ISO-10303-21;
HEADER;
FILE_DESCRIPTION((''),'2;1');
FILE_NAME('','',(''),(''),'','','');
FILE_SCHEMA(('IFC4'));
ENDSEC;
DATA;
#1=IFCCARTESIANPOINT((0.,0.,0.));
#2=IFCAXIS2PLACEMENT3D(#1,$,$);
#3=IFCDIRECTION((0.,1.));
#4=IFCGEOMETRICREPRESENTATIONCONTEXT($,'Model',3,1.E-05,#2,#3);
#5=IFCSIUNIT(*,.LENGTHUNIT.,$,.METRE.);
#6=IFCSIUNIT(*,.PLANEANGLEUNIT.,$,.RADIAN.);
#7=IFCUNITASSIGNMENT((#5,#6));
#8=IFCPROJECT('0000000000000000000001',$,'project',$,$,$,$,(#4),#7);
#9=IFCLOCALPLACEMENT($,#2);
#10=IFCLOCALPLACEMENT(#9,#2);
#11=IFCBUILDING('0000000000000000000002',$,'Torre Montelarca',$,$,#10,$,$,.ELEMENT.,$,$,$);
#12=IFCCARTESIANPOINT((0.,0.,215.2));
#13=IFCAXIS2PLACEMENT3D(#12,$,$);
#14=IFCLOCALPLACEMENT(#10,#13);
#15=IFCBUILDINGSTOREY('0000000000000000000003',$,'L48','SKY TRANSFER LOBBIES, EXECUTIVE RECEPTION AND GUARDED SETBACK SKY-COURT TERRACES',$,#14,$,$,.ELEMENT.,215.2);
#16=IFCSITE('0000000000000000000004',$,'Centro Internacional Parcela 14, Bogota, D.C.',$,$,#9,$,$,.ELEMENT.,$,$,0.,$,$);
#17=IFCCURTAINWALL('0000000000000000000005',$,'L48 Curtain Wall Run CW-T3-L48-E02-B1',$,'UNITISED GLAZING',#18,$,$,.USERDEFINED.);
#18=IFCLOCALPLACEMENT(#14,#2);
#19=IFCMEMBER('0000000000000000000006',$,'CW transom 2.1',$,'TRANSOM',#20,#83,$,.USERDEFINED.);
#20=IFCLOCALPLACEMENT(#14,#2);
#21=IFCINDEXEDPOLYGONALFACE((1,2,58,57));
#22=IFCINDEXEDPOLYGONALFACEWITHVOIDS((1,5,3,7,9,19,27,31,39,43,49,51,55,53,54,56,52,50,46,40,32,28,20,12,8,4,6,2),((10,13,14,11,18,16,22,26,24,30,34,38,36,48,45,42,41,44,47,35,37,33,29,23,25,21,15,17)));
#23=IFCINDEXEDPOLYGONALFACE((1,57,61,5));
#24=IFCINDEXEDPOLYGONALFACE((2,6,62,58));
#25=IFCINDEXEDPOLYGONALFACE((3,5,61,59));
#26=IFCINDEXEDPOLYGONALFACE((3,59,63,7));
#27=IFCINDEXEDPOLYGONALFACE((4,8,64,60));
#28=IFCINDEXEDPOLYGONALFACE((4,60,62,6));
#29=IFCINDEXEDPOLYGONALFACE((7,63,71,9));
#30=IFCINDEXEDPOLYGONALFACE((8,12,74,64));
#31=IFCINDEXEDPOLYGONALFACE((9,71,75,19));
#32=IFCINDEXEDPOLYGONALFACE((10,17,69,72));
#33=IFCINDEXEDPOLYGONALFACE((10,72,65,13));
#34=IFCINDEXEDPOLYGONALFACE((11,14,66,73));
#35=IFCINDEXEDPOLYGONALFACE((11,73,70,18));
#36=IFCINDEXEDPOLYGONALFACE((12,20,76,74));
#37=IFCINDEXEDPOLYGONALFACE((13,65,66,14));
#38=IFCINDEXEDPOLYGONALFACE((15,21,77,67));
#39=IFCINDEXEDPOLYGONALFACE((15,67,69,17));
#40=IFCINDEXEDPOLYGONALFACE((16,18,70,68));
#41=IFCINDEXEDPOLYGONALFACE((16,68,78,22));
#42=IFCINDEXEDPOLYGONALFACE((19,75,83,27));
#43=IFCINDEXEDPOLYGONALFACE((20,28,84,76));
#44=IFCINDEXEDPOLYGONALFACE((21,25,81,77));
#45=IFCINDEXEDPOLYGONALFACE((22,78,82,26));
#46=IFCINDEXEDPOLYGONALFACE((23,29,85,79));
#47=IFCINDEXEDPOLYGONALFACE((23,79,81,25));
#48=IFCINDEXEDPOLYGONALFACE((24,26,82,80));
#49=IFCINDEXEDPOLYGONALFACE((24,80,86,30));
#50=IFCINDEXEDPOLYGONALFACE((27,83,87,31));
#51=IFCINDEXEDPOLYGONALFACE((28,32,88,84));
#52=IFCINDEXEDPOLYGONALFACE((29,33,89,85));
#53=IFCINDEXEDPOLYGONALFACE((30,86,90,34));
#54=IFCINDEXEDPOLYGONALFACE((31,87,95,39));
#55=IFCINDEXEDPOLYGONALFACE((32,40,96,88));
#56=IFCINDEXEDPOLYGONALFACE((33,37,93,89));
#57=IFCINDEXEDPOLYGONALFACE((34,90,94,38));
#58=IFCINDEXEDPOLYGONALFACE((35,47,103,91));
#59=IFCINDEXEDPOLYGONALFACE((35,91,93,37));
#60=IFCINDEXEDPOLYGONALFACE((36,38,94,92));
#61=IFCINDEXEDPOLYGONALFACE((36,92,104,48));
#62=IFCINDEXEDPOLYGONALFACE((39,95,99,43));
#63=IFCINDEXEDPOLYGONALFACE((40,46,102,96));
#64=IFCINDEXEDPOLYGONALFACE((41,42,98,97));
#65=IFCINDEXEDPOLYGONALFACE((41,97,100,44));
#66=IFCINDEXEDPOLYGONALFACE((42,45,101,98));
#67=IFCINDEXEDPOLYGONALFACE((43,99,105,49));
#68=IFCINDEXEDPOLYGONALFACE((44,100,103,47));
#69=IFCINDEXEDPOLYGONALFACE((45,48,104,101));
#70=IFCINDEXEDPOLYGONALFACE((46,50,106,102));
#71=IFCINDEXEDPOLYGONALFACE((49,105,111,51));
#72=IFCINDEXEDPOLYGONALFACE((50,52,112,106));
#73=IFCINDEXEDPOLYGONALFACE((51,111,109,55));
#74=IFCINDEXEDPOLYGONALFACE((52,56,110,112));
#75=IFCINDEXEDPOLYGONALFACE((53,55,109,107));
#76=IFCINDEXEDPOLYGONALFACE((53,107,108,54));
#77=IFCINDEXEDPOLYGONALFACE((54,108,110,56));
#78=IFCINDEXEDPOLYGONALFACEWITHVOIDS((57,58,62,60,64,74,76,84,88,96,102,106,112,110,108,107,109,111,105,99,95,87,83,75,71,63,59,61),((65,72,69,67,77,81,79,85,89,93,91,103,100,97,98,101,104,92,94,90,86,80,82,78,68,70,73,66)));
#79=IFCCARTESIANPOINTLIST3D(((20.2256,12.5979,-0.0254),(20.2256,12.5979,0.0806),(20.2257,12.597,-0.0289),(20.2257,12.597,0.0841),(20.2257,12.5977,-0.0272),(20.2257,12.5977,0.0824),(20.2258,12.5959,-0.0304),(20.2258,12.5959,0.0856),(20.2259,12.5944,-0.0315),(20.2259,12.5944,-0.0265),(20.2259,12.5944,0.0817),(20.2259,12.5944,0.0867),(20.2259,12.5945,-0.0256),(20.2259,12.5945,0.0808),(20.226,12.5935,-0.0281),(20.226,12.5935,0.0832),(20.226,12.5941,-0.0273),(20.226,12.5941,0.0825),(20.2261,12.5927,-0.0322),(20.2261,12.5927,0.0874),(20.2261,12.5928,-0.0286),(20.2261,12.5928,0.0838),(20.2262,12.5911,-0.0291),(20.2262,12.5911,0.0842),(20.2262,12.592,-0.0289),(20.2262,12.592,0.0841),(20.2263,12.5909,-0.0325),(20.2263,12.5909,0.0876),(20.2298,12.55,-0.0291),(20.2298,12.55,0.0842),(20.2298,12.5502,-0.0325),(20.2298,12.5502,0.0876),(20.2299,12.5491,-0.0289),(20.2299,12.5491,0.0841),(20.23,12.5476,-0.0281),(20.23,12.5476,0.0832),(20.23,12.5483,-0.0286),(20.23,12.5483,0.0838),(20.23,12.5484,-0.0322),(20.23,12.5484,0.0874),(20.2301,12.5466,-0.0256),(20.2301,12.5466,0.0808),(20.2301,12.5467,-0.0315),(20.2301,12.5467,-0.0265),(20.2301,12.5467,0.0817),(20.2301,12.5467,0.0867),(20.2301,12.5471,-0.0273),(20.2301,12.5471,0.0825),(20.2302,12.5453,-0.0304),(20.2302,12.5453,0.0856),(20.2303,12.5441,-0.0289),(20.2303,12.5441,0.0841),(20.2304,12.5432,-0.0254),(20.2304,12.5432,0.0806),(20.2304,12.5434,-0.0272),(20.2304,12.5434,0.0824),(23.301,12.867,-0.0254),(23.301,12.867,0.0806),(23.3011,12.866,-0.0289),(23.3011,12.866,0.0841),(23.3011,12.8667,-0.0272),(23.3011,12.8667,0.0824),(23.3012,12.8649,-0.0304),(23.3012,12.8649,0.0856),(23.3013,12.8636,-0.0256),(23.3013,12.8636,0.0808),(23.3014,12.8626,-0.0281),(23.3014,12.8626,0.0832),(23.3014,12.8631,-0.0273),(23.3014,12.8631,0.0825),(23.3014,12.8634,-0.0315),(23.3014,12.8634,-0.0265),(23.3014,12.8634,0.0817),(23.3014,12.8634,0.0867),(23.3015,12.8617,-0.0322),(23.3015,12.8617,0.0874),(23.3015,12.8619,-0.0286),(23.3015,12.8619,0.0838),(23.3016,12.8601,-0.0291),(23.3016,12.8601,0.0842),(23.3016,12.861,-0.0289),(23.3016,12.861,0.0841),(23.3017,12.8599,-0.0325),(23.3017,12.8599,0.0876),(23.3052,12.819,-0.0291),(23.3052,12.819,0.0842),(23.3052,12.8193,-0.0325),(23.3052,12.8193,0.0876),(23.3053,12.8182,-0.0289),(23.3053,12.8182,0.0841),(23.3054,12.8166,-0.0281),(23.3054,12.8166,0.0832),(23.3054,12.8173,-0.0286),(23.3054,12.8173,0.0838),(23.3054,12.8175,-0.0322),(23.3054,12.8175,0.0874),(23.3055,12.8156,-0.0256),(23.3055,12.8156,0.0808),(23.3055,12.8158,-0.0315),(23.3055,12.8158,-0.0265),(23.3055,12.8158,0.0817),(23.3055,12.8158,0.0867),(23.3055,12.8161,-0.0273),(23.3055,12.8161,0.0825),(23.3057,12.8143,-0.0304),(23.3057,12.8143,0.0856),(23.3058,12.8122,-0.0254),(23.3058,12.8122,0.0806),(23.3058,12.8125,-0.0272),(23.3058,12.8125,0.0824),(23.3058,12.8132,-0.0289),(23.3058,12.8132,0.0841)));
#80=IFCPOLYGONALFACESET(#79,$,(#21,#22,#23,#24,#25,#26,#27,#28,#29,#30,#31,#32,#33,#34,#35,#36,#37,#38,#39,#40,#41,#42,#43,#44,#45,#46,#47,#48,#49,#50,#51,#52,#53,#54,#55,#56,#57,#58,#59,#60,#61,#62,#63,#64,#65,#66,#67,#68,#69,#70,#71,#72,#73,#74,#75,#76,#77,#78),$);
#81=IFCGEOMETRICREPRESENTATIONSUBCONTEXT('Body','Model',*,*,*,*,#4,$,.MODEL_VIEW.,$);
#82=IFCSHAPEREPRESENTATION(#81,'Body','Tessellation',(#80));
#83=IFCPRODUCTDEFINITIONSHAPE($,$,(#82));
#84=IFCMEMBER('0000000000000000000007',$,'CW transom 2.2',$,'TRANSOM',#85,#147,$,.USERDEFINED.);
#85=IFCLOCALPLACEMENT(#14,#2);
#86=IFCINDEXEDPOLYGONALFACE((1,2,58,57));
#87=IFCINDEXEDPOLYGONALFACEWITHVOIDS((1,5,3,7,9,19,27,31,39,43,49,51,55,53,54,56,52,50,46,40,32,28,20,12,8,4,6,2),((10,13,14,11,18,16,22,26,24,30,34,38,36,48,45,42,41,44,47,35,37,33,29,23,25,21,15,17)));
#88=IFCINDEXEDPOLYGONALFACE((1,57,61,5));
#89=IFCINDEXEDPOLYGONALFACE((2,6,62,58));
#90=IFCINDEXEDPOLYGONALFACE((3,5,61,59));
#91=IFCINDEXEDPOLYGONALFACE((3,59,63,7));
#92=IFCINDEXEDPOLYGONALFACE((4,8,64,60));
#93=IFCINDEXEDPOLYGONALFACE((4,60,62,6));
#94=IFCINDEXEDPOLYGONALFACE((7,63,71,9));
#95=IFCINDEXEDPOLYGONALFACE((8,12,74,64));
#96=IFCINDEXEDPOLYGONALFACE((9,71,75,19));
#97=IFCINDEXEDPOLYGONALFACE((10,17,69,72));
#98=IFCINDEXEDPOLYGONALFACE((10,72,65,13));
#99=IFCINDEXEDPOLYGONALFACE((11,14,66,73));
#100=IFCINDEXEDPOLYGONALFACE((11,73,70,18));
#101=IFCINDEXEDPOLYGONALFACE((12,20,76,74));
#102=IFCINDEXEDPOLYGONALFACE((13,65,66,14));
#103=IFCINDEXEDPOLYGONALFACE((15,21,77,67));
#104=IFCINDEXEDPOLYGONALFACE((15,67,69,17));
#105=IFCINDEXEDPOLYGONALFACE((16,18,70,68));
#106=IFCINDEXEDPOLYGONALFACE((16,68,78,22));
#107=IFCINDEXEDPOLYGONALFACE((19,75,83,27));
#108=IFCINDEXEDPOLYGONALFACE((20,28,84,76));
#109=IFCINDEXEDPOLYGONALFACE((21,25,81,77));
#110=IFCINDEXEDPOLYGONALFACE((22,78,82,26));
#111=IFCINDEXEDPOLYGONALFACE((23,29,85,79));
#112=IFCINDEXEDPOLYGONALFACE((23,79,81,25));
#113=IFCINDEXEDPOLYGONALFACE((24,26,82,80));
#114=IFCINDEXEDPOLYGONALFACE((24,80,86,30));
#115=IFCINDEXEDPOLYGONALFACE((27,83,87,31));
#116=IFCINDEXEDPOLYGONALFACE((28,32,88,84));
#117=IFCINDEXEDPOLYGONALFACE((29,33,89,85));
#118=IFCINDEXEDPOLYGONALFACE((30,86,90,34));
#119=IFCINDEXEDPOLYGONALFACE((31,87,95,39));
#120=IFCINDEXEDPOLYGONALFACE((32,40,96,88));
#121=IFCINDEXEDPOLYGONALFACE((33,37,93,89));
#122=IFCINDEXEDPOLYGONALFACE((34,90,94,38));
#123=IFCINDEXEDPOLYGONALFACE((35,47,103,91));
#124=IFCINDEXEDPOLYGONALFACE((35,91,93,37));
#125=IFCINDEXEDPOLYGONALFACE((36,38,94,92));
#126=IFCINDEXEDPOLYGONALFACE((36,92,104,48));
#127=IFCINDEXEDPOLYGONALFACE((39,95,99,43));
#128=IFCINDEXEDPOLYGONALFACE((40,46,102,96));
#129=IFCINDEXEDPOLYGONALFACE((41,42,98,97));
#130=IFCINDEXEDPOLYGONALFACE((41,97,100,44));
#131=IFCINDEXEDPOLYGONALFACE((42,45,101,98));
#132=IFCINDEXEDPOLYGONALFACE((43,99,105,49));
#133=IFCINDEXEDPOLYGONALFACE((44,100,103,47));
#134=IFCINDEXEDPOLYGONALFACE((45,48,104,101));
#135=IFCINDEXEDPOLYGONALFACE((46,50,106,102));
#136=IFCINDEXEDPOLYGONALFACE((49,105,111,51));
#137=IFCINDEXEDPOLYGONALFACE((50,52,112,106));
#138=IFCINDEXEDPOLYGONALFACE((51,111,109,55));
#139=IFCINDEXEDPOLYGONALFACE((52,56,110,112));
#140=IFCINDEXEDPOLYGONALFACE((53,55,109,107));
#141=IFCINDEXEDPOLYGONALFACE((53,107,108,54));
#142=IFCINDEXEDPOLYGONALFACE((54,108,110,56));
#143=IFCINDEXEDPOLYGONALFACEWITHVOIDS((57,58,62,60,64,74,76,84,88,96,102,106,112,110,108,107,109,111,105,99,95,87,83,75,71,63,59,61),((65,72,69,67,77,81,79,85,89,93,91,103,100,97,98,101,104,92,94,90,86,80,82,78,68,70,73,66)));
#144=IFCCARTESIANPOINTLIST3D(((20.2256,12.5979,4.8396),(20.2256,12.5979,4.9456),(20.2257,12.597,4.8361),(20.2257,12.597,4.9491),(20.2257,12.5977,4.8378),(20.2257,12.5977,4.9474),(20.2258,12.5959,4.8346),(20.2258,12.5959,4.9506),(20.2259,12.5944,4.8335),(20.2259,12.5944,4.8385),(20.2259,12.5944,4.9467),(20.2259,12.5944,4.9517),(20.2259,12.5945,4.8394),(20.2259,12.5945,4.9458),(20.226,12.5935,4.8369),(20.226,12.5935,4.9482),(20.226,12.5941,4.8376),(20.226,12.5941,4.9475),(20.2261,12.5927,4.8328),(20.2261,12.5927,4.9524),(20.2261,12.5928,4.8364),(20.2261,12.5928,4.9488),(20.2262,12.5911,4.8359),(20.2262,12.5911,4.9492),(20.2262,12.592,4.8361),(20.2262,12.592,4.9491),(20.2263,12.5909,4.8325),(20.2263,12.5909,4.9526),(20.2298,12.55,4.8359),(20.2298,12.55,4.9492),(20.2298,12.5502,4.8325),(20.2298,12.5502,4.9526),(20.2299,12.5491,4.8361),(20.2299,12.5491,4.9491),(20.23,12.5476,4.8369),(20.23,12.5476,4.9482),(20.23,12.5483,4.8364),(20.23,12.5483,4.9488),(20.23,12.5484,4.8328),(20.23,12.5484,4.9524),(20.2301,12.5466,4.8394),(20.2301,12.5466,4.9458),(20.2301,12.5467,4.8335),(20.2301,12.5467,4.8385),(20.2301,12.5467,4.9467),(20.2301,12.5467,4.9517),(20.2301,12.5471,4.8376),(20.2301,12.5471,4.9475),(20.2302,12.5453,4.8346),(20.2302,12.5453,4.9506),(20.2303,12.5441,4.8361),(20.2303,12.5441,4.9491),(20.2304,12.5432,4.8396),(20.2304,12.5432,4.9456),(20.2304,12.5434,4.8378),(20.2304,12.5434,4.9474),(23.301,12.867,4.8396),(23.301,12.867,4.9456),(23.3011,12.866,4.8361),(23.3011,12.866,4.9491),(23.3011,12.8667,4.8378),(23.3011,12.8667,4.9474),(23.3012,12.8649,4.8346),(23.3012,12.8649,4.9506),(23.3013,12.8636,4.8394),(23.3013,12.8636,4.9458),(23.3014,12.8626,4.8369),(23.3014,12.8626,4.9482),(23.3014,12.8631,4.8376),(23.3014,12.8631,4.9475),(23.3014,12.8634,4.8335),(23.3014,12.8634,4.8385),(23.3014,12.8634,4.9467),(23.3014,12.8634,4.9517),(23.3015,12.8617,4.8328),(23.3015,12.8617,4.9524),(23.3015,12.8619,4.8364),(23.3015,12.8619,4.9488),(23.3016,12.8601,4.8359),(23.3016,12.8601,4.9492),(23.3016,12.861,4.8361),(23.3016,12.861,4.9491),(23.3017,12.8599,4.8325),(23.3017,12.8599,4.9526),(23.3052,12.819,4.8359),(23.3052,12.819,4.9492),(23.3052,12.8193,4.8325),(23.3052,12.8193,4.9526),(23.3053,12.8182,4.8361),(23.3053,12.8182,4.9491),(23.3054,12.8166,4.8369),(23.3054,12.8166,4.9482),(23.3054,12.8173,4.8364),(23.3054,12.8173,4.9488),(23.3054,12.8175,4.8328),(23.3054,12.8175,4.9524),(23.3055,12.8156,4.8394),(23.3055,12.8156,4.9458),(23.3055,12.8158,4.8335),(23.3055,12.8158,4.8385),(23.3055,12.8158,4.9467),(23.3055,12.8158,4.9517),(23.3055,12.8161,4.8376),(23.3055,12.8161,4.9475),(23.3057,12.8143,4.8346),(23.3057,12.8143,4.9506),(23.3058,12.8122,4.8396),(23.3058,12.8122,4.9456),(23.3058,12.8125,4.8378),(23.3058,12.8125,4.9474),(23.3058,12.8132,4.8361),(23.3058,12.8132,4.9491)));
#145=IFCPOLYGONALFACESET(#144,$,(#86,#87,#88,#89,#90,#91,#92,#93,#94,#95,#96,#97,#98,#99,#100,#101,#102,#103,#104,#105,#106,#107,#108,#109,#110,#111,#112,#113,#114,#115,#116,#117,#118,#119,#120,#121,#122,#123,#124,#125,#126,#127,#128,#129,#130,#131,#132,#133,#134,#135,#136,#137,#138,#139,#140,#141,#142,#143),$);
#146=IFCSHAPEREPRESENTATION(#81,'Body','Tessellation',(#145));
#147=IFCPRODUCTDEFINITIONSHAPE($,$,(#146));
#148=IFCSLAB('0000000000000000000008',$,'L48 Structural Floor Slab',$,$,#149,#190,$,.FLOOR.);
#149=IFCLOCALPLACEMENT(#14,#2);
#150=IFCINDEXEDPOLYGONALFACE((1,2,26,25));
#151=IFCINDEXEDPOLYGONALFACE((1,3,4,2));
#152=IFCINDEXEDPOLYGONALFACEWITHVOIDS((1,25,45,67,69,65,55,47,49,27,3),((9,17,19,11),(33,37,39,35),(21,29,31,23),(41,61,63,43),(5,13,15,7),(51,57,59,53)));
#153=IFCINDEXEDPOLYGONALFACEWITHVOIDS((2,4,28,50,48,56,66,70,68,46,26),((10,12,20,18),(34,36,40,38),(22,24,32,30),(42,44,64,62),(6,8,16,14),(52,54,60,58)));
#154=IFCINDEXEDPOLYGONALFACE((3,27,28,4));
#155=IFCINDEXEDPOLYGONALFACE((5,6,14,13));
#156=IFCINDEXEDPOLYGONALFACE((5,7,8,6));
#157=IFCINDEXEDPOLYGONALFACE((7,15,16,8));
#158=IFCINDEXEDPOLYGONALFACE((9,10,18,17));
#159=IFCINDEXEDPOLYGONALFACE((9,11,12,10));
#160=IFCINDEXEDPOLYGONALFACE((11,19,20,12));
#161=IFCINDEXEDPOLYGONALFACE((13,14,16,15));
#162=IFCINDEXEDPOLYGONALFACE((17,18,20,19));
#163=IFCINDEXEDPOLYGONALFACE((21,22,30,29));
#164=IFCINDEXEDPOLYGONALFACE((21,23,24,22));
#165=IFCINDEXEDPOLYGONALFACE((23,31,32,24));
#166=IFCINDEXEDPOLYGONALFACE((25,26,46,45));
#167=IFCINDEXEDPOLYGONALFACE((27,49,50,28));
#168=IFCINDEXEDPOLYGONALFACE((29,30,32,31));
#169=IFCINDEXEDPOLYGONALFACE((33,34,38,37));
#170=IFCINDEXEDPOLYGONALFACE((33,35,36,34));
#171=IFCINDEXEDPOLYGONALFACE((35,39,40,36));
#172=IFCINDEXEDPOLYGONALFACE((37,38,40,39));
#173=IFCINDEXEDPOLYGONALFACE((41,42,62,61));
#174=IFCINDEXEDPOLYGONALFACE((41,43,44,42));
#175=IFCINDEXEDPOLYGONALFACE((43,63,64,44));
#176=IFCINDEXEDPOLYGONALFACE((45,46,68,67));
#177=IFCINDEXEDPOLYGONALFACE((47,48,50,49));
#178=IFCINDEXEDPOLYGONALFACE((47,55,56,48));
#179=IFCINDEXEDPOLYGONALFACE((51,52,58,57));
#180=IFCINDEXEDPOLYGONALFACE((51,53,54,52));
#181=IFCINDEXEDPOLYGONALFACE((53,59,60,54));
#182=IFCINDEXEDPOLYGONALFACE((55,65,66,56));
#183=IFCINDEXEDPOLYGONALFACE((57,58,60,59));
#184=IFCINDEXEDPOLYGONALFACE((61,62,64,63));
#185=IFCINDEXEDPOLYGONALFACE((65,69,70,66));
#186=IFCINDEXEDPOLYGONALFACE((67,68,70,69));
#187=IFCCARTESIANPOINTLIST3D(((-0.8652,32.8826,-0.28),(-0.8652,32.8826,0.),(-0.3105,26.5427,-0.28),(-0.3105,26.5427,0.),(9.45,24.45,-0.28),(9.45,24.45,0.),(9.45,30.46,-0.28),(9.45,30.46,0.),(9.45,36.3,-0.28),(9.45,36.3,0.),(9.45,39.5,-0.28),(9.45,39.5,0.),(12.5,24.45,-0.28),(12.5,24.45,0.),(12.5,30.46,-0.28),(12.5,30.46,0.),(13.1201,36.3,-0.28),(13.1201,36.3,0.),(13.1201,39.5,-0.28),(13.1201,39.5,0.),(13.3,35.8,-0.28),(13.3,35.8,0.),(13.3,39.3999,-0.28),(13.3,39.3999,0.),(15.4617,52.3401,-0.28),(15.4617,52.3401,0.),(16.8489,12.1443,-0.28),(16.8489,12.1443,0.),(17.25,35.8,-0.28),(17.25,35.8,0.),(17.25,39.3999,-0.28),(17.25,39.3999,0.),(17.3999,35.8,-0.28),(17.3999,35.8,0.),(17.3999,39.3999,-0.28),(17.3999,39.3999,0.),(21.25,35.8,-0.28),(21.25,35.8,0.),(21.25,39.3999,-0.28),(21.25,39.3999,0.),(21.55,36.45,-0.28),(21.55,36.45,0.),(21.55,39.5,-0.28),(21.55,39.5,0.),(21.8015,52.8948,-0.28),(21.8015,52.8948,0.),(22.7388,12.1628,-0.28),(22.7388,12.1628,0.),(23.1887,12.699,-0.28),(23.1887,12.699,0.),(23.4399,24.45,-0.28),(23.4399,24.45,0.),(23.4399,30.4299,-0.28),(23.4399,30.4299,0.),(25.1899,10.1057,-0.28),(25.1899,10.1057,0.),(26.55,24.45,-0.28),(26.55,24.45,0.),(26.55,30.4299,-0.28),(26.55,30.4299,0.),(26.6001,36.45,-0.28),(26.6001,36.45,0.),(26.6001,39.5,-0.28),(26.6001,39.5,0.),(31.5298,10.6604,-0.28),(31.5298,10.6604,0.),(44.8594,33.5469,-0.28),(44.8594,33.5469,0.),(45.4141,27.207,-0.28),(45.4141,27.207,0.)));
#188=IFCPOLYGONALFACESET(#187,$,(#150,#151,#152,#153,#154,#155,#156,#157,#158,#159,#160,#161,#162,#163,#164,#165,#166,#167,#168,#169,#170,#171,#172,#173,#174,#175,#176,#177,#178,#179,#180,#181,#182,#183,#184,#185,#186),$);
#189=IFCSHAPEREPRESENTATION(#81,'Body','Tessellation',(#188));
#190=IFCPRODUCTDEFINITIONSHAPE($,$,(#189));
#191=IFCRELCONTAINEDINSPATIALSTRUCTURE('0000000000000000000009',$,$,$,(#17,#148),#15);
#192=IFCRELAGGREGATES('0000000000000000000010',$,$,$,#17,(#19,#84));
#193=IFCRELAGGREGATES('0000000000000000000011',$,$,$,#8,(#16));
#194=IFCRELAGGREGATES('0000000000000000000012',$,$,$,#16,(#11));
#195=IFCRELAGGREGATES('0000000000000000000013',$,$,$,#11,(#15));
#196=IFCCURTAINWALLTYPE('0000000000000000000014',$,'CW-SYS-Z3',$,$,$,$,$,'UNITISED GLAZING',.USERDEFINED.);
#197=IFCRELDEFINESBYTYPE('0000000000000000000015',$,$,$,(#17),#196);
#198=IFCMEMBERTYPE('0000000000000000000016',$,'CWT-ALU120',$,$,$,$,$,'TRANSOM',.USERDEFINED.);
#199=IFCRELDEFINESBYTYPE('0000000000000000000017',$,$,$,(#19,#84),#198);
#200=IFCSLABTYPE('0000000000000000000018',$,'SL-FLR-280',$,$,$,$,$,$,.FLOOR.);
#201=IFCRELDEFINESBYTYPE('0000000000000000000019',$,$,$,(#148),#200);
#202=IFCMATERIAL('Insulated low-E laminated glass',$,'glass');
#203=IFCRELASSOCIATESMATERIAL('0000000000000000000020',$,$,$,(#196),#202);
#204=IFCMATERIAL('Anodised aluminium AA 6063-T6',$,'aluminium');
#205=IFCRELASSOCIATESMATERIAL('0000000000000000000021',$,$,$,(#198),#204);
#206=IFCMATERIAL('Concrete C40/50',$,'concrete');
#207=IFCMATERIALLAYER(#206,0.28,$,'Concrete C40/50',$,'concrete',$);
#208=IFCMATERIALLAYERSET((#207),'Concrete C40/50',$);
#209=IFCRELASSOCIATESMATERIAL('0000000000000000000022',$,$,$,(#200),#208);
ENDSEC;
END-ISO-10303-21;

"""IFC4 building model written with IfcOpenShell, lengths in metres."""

from ifc_helpers import new_model, si_unit, direction, frame, origin, origin_2d, place, context, subcontext, project, spatial, polyline, hollow_rectangle, outline, extrude, source, transform, mapped, material, layer, layer_set, material_profile, profile_set, type_object, element, aggregate, save


model = new_model("IFC4")

# Units and contexts
model_context = context("Model", 3, precision=1e-05, world=origin(), true_north=direction((0.0, 1.0)))
body_context = subcontext(model_context, "Body", "Model", "MODEL_VIEW")
ifc_project = project(units=[si_unit("LENGTHUNIT", "METRE"), si_unit("PLANEANGLEUNIT", "RADIAN")], contexts=[model_context])

# Site, building, storey
site_placement = place(None, origin())
site = spatial("IfcSite", under=ifc_project, at=site_placement, Name="Centro Internacional Parcela 14, Bogota, D.C.", CompositionType="ELEMENT", RefElevation=0.0)
building_placement = place(site_placement, origin())
building = spatial("IfcBuilding", under=site, at=building_placement, Name="Torre Montelarca", CompositionType="ELEMENT")
storey_placement = place(building_placement, frame((0.0, 0.0, 215.2)))
storey = spatial("IfcBuildingStorey", under=building, at=storey_placement, Name="L48", Description="SKY TRANSFER LOBBIES, EXECUTIVE RECEPTION AND GUARDED SETBACK SKY-COURT TERRACES", CompositionType="ELEMENT", Elevation=215.2)

# Curtain wall
ifc_material_1 = material(Name="Insulated low-E laminated glass", Category="glass")
curtain_wall_type = type_object("IfcCurtainWallType", Name="CW-SYS-Z3", ElementType="UNITISED GLAZING", PredefinedType="USERDEFINED", material=ifc_material_1)
ifc_material_2 = material(Name="Anodised aluminium AA 6063-T6", Category="aluminium")
curtain_wall_1_placement = place(storey_placement, origin())
curtain_wall_1 = element("IfcCurtainWall", 1, at=curtain_wall_1_placement, inside=storey, type_object=curtain_wall_type, Name="L48 Curtain Wall Run CW-T3-L48-E02-B1", ObjectType="UNITISED GLAZING", PredefinedType="USERDEFINED")

# Members
ifc_material_profile_1 = material_profile(ifc_material_2, hollow_rectangle(XDim=0.0549, YDim=0.1201, WallThickness=0.0034, InnerFilletRadius=0.0034, OuterFilletRadius=0.0071, at=origin_2d()), Name="ALU55X120X3.5", Category="aluminium")
ifc_profile_set_1 = profile_set([ifc_material_profile_1], Name="Anodised aluminium AA 6063-T6")
member_type_1 = type_object("IfcMemberType", Name="CWT-ALU120", ElementType="TRANSOM", PredefinedType="USERDEFINED", material=ifc_profile_set_1)
shared_shape_1 = source(origin(), body_context, "Body", "SweptSolid", [
    extrude(hollow_rectangle(XDim=0.0549, YDim=0.1201, WallThickness=0.0034, InnerFilletRadius=0.0034, OuterFilletRadius=0.0071, at=origin_2d()), origin(), (0.0, 0.0, 1.0), 3.0872),
])
member_1_placement = place(storey_placement, frame((20.228, 12.5706, 0.0276), z_axis=(0.996195, 0.087148, 0.0), x_axis=(-0.087148, 0.996195, 0.0)))
member_1 = element("IfcMember", 2, at=member_1_placement, type_object=member_type_1, Name="CW transom 2.1", ObjectType="TRANSOM", PredefinedType="USERDEFINED", context=body_context, shape_type="MappedRepresentation", body=[
    mapped(shared_shape_1, transform((0.0, 0.0, 0.0), scale=1.0)),
])
member_2_placement = place(storey_placement, frame((20.228, 12.5706, 4.8926), z_axis=(0.996195, 0.087148, 0.0), x_axis=(-0.087148, 0.996195, 0.0)))
member_2 = element("IfcMember", 3, at=member_2_placement, type_object=member_type_1, Name="CW transom 2.2", ObjectType="TRANSOM", PredefinedType="USERDEFINED", context=body_context, shape_type="MappedRepresentation", body=[
    mapped(shared_shape_1, transform((0.0, 0.0, 0.0), scale=1.0)),
])

# Slab
ifc_material_3 = material(Name="Concrete C40/50", Category="concrete")
ifc_layer_1 = layer(ifc_material_3, 0.28, Name="Concrete C40/50", Category="concrete")
ifc_layer_set_1 = layer_set([ifc_layer_1], Name="Concrete C40/50")
slab_type_1 = type_object("IfcSlabType", Name="SL-FLR-280", PredefinedType="FLOOR", material=ifc_layer_set_1)
slab_1_placement = place(storey_placement, frame((0.0, 0.0, -0.28)))
element("IfcSlab", 4, at=slab_1_placement, inside=storey, type_object=slab_type_1, Name="L48 Structural Floor Slab", PredefinedType="FLOOR", context=body_context, shape_type="SweptSolid", body=[
    extrude(outline(polyline([(16.8489, 12.1443), (23.1887, 12.699), (22.7388, 12.1628), (25.1899, 10.1057), (31.5298, 10.6604), (45.4141, 27.207), (44.8594, 33.5469), (21.8015, 52.8948), (15.4617, 52.3401), (-0.8652, 32.8826), (-0.3105, 26.5427), (16.8489, 12.1443)]), holes=[polyline([(26.55, 24.45), (23.4399, 24.45), (23.4399, 30.4299), (26.55, 30.4299), (26.55, 24.45)]), polyline([(9.45, 24.45), (9.45, 30.46), (12.5, 30.46), (12.5, 24.45), (9.45, 24.45)]), polyline([(17.25, 35.8), (13.3, 35.8), (13.3, 39.3999), (17.25, 39.3999), (17.25, 35.8)]), polyline([(21.25, 39.3999), (21.25, 35.8), (17.3999, 35.8), (17.3999, 39.3999), (21.25, 39.3999)]), polyline([(13.1201, 36.3), (9.45, 36.3), (9.45, 39.5), (13.1201, 39.5), (13.1201, 36.3)]), polyline([(26.6001, 36.45), (21.55, 36.45), (21.55, 39.5), (26.6001, 39.5), (26.6001, 36.45)])]), origin(), (0.0, 0.0, 1.0), 0.28),
])

aggregate(curtain_wall_1, [member_1, member_2])

save(model, "model.ifc")
